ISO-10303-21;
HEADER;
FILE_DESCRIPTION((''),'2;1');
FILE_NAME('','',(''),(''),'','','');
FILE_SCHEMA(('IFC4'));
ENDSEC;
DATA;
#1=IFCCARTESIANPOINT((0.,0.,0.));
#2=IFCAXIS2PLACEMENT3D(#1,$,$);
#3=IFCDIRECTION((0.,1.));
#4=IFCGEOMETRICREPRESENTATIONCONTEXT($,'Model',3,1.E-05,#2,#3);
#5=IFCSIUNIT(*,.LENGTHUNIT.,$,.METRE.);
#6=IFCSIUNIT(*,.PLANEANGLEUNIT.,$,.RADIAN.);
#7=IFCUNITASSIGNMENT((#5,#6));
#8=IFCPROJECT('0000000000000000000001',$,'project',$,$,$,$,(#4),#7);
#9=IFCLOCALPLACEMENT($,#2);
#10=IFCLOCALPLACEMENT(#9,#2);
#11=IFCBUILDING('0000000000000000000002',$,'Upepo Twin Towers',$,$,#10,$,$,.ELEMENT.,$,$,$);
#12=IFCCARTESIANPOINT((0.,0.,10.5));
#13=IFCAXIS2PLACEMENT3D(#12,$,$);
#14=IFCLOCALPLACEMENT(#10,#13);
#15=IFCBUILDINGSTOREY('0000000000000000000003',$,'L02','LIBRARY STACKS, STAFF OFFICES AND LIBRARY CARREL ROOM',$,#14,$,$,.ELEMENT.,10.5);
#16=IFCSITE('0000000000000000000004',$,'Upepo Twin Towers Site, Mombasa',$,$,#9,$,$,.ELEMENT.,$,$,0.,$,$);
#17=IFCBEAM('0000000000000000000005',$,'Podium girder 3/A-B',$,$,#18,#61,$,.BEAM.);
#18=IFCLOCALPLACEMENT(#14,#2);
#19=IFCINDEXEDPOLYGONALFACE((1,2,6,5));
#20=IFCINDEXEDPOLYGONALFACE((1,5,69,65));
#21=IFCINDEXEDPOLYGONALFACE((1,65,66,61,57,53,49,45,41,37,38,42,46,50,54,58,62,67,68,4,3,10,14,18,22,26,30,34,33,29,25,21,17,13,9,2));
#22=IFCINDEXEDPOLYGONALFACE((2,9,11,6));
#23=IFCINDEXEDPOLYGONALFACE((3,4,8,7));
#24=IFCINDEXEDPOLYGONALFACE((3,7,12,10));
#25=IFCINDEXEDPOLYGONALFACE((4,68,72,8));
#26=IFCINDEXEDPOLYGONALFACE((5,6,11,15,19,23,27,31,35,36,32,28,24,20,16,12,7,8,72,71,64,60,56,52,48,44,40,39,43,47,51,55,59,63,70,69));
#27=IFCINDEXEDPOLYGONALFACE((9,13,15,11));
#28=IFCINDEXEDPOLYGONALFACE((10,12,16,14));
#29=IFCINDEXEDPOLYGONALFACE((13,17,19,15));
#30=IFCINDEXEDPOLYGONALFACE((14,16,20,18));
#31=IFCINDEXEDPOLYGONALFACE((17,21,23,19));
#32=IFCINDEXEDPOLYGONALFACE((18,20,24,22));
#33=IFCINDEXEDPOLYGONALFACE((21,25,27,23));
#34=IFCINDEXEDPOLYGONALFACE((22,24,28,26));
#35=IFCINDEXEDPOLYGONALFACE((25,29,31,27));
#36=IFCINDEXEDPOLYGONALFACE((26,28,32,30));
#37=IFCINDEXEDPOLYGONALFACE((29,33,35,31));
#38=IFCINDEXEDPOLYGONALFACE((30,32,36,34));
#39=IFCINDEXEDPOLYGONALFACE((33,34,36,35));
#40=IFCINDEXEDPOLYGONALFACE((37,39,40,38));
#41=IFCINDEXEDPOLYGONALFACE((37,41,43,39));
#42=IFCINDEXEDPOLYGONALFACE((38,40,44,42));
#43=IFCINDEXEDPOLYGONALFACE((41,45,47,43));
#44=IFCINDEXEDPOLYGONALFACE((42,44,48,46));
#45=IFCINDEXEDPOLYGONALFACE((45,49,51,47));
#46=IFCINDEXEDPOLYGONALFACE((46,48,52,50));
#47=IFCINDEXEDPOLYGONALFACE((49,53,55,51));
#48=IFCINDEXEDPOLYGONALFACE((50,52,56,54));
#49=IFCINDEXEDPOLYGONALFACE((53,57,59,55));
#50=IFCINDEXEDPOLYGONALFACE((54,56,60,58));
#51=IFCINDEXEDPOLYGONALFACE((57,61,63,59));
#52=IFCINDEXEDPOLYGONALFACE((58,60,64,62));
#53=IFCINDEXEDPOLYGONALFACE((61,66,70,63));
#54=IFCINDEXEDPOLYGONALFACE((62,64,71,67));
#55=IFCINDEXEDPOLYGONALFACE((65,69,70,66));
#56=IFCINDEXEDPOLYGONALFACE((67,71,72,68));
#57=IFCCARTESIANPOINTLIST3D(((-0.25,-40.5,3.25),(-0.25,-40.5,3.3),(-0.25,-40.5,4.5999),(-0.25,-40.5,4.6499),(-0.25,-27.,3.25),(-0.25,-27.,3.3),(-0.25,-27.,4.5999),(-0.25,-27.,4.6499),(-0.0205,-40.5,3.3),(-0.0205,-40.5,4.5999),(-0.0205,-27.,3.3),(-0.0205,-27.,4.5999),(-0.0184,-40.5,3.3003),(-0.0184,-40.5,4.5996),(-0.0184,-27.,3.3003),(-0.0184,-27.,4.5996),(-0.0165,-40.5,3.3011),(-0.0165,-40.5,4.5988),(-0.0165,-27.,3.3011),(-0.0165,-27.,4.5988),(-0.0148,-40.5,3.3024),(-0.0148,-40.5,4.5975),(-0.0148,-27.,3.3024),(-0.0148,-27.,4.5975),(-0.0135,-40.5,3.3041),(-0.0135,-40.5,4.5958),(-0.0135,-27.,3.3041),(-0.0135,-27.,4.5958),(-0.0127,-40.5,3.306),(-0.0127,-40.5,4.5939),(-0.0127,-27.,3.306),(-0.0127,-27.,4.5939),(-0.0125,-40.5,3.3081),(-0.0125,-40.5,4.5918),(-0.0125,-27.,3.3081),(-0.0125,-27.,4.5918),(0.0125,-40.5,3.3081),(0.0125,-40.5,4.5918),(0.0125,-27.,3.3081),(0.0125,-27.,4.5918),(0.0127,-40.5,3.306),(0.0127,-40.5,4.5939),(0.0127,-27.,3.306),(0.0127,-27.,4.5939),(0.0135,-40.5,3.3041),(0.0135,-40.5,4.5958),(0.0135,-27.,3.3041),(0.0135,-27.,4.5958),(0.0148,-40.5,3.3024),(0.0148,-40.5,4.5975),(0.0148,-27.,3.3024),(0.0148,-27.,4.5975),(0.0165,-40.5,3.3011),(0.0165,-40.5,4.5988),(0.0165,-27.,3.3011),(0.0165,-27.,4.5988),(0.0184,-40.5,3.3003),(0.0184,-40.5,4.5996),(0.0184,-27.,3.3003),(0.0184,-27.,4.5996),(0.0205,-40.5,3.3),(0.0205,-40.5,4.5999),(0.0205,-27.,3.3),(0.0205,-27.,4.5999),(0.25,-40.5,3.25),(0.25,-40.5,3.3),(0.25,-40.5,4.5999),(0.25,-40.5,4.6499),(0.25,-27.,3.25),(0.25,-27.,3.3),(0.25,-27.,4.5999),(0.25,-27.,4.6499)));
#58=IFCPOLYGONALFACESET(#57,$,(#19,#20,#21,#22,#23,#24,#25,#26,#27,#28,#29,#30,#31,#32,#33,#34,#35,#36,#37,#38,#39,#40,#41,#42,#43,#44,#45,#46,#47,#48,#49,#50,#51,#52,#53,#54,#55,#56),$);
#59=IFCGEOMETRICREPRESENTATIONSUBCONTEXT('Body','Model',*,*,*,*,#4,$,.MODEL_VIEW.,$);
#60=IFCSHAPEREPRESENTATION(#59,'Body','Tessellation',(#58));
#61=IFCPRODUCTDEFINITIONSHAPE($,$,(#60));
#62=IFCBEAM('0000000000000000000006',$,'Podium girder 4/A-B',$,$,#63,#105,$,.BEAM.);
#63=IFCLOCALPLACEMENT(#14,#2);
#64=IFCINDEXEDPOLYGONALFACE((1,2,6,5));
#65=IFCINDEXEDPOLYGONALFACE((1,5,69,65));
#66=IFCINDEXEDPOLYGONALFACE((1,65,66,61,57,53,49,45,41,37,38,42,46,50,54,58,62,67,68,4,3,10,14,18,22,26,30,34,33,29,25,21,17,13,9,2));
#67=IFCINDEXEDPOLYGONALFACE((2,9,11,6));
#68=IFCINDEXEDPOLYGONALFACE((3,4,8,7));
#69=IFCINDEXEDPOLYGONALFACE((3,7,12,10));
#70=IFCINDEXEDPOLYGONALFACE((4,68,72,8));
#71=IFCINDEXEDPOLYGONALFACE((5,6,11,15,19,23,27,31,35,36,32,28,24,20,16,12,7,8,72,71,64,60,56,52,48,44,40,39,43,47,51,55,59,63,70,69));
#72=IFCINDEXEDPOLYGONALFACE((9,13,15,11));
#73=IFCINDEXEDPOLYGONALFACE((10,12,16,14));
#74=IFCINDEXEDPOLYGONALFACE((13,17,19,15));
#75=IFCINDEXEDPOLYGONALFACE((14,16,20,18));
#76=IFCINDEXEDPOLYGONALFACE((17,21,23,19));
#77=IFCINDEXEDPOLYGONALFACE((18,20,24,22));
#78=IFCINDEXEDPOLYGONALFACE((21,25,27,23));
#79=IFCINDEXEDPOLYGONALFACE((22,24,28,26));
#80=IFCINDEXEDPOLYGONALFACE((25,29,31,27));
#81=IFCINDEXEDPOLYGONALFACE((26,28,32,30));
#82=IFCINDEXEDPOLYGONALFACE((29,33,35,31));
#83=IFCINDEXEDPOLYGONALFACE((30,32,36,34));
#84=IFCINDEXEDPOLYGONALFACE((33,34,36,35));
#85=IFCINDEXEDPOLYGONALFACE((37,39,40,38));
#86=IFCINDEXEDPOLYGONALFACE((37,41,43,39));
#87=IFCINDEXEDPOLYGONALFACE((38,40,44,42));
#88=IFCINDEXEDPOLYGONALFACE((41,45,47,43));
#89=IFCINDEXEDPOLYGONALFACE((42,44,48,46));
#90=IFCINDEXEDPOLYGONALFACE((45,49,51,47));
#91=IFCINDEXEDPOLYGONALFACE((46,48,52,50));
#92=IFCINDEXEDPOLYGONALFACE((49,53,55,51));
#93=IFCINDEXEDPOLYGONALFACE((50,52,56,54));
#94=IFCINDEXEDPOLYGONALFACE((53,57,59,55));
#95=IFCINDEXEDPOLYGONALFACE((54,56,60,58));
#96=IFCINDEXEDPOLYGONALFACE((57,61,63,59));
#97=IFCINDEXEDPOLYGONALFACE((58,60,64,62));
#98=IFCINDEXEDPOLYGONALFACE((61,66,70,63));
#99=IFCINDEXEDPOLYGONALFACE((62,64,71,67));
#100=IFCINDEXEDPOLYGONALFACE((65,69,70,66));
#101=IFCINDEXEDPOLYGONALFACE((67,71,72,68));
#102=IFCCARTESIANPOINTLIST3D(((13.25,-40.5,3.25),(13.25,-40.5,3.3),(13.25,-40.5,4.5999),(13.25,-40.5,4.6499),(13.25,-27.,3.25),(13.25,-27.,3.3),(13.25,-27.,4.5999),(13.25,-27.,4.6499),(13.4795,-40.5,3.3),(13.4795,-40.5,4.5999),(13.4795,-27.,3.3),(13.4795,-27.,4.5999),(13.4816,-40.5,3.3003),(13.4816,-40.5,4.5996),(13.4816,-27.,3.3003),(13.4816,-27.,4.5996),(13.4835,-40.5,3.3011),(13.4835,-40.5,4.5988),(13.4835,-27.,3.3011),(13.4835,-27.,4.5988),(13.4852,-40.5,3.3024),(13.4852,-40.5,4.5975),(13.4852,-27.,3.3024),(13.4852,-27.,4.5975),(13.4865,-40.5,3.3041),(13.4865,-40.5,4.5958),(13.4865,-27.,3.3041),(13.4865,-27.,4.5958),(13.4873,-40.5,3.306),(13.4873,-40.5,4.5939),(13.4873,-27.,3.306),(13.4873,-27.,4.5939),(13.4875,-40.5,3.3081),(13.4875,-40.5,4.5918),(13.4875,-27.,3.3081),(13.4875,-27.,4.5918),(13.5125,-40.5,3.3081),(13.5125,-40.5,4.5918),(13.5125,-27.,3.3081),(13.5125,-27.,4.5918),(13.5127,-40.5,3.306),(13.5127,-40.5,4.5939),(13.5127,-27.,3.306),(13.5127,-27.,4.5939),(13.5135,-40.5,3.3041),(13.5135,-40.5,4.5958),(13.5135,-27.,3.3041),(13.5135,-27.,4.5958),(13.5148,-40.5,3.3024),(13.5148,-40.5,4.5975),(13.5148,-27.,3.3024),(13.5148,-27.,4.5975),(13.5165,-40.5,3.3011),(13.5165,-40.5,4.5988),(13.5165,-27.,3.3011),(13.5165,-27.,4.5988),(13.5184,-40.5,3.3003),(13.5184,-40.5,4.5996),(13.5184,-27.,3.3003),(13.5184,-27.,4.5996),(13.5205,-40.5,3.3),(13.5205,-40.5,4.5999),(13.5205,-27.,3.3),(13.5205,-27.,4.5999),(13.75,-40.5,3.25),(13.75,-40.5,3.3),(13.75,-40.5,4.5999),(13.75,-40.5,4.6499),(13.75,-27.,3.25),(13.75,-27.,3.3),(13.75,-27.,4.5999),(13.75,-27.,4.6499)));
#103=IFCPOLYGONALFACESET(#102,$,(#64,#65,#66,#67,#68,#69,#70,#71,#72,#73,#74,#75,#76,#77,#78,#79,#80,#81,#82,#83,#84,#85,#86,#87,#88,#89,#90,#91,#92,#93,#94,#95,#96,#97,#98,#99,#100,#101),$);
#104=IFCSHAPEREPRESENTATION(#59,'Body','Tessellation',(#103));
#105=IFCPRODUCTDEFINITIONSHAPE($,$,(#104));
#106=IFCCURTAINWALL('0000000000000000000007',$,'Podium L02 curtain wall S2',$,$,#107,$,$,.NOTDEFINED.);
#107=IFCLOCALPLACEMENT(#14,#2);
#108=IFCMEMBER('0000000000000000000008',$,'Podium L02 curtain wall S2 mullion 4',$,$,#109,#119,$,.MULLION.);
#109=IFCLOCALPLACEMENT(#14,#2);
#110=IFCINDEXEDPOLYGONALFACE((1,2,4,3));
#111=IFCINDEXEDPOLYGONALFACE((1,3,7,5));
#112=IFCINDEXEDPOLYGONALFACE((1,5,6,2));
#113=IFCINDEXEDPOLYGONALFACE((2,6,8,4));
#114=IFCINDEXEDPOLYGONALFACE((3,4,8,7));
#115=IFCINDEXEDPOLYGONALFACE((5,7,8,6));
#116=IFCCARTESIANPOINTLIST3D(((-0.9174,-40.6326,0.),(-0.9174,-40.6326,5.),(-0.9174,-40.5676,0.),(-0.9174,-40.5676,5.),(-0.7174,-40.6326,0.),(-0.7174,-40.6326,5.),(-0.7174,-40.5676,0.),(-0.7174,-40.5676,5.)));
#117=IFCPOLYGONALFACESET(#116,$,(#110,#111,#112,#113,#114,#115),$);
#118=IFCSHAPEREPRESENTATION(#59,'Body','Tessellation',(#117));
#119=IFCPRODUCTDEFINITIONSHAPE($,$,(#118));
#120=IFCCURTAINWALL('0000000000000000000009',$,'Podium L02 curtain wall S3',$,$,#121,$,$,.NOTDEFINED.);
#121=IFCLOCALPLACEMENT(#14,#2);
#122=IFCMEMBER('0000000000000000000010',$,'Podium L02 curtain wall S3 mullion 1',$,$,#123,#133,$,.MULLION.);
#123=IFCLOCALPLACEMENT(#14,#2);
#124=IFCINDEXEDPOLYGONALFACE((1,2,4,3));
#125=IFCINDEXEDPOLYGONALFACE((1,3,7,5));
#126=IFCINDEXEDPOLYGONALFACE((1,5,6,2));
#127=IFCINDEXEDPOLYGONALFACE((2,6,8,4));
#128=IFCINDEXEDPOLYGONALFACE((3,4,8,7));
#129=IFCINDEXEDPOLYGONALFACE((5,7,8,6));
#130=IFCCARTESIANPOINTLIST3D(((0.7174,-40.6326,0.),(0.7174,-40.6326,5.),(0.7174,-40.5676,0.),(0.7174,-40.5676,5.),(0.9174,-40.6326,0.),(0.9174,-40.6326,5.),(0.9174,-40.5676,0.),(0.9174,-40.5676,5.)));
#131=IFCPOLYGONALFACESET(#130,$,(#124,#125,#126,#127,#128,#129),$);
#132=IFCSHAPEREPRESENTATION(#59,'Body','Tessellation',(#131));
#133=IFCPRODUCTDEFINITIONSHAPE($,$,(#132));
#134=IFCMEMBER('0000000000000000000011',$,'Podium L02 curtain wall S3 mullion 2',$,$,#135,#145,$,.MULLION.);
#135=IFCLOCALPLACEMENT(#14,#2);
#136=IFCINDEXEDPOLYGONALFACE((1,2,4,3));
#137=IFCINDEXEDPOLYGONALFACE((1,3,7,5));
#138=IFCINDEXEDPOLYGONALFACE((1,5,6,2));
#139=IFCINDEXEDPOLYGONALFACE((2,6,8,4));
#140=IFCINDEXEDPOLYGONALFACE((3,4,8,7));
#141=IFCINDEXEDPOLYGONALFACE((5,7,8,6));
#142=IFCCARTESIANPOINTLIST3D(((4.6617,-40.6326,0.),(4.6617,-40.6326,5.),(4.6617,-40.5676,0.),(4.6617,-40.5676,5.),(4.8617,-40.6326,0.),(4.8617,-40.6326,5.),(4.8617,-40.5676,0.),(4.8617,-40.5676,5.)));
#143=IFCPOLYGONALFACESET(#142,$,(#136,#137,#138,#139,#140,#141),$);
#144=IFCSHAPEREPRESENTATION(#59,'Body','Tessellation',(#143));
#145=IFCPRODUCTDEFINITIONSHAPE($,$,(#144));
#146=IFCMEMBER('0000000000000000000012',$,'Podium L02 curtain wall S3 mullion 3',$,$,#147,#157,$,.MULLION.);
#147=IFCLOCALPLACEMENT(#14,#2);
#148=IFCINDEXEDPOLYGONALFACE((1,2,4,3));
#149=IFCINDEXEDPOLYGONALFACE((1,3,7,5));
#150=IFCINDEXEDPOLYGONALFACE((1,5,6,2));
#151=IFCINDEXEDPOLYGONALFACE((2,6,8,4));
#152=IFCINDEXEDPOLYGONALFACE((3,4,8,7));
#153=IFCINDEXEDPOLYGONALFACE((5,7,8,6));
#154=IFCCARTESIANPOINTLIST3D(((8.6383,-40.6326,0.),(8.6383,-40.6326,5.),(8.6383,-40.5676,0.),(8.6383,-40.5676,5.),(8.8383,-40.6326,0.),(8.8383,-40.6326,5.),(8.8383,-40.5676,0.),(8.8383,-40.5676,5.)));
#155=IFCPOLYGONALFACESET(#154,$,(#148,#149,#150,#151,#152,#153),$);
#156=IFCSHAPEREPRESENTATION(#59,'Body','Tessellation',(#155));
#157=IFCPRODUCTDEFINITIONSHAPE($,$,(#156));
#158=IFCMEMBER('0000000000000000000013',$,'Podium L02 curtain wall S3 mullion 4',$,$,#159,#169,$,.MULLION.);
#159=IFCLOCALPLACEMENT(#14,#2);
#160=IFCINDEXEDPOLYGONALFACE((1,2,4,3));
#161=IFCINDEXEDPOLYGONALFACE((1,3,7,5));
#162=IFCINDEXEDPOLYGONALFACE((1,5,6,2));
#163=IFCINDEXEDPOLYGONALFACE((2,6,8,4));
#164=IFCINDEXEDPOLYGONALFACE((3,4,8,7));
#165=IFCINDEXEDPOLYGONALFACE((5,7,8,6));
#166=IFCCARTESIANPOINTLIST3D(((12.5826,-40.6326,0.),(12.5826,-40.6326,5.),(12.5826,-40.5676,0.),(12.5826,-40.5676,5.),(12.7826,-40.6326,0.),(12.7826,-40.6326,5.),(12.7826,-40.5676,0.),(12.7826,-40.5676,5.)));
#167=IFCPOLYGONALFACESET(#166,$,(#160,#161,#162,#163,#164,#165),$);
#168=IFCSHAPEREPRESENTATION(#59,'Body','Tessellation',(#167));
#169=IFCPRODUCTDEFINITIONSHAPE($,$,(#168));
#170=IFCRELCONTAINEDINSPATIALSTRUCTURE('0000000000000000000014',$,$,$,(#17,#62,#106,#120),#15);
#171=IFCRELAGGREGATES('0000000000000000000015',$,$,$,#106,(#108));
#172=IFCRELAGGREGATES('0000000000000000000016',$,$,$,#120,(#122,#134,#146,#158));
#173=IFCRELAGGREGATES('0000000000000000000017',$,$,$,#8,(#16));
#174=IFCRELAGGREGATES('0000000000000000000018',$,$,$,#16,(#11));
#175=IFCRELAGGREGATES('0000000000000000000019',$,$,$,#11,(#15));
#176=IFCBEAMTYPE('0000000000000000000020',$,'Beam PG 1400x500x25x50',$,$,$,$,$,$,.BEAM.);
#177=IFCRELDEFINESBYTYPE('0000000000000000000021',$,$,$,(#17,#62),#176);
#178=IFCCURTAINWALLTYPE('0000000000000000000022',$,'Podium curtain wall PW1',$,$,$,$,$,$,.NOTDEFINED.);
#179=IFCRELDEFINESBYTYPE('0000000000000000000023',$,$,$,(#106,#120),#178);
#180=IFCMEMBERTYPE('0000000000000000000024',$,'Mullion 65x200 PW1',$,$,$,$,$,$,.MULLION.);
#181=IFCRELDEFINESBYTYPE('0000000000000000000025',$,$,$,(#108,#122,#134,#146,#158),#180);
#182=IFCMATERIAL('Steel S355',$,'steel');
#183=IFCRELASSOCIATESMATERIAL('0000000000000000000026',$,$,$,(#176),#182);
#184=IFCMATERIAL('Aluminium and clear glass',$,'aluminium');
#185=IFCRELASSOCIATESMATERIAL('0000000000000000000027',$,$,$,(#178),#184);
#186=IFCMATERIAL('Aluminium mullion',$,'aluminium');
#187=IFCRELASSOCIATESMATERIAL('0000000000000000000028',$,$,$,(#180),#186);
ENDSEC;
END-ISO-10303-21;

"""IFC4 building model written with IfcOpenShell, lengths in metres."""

from ifc_helpers import new_model, si_unit, direction, frame, origin, origin_2d, place, context, subcontext, project, spatial, rectangle, i_section, extrude, material, material_profile, profile_set, type_object, element, aggregate, save


model = new_model("IFC4")

# Units and contexts
model_context = context("Model", 3, precision=1e-05, world=origin(), true_north=direction((0.0, 1.0)))
body_context = subcontext(model_context, "Body", "Model", "MODEL_VIEW")
ifc_project = project(units=[si_unit("LENGTHUNIT", "METRE"), si_unit("PLANEANGLEUNIT", "RADIAN")], contexts=[model_context])

# Site, building, storey
site_placement = place(None, origin())
site = spatial("IfcSite", under=ifc_project, at=site_placement, Name="Upepo Twin Towers Site, Mombasa", CompositionType="ELEMENT", RefElevation=0.0)
building_placement = place(site_placement, origin())
building = spatial("IfcBuilding", under=site, at=building_placement, Name="Upepo Twin Towers", CompositionType="ELEMENT")
storey_placement = place(building_placement, frame((0.0, 0.0, 10.5)))
storey = spatial("IfcBuildingStorey", under=building, at=storey_placement, Name="L02", Description="LIBRARY STACKS, STAFF OFFICES AND LIBRARY CARREL ROOM", CompositionType="ELEMENT", Elevation=10.5)

# Beams
ifc_material_1 = material(Name="Steel S355", Category="steel")
ifc_material_profile_1 = material_profile(ifc_material_1, i_section(OverallWidth=0.5, OverallDepth=1.3999, WebThickness=0.0249, FlangeThickness=0.05, FilletRadius=0.0081, at=origin_2d()), Name="PG 1400x500x25x50")
ifc_profile_set_1 = profile_set([ifc_material_profile_1], Name="Steel S355")
beam_type_1 = type_object("IfcBeamType", Name="Beam PG 1400x500x25x50", PredefinedType="BEAM", material=ifc_profile_set_1)
for number, where, z_axis, x_axis, name in (
    (1, (0.0, -40.5, 3.95), (0.0, 1.0, 0.0), (-1.0, 0.0, 0.0), "Podium girder 3/A-B"),
    (2, (13.5, -40.5, 3.95), (0.0, 1.0, 0.0), (-1.0, 0.0, 0.0), "Podium girder 4/A-B"),
):
    element("IfcBeam", number, at=place(storey_placement, frame(where, z_axis=z_axis, x_axis=x_axis)), inside=storey, type_object=beam_type_1, Name=name, PredefinedType="BEAM", context=body_context, shape_type="SweptSolid", body=[
        extrude(i_section(OverallWidth=0.5, OverallDepth=1.3999, WebThickness=0.0249, FlangeThickness=0.05, FilletRadius=0.0081, at=origin_2d()), origin(), (0.0, 0.0, 1.0), 13.5),
    ])

# Curtain wall, member
ifc_material_2 = material(Name="Aluminium and clear glass", Category="aluminium")
curtain_wall_type = type_object("IfcCurtainWallType", Name="Podium curtain wall PW1", PredefinedType="NOTDEFINED", material=ifc_material_2)
curtain_wall_1_placement = place(storey_placement, origin())
curtain_wall_1 = element("IfcCurtainWall", 3, at=curtain_wall_1_placement, inside=storey, type_object=curtain_wall_type, Name="Podium L02 curtain wall S2", PredefinedType="NOTDEFINED")
ifc_material_3 = material(Name="Aluminium mullion", Category="aluminium")
ifc_material_profile_2 = material_profile(ifc_material_3, rectangle(XDim=0.0649, YDim=0.2, at=origin_2d()), Name="MULLION 65x200 PODIUM")
ifc_profile_set_2 = profile_set([ifc_material_profile_2], Name="Aluminium mullion")
member_type_1 = type_object("IfcMemberType", Name="Mullion 65x200 PW1", PredefinedType="MULLION", material=ifc_profile_set_2)
member_1_placement = place(storey_placement, frame((-0.8174, -40.6001, 0.0), z_axis=(0.0, 0.0, 1.0), x_axis=(0.0, 1.0, 0.0)))
member_1 = element("IfcMember", 4, at=member_1_placement, type_object=member_type_1, Name="Podium L02 curtain wall S2 mullion 4", PredefinedType="MULLION", context=body_context, shape_type="SweptSolid", body=[
    extrude(rectangle(XDim=0.0649, YDim=0.2, at=origin_2d()), origin(), (0.0, 0.0, 1.0), 5.0),
])

# Curtain wall, members
curtain_wall_2_placement = place(storey_placement, origin())
curtain_wall_2 = element("IfcCurtainWall", 5, at=curtain_wall_2_placement, inside=storey, type_object=curtain_wall_type, Name="Podium L02 curtain wall S3", PredefinedType="NOTDEFINED")
member_2_placement = place(storey_placement, frame((0.8174, -40.6001, 0.0), z_axis=(0.0, 0.0, 1.0), x_axis=(0.0, 1.0, 0.0)))
member_2 = element("IfcMember", 6, at=member_2_placement, type_object=member_type_1, Name="Podium L02 curtain wall S3 mullion 1", PredefinedType="MULLION", context=body_context, shape_type="SweptSolid", body=[
    extrude(rectangle(XDim=0.0649, YDim=0.2, at=origin_2d()), origin(), (0.0, 0.0, 1.0), 5.0),
])
member_3_placement = place(storey_placement, frame((4.7617, -40.6001, 0.0), z_axis=(0.0, 0.0, 1.0), x_axis=(0.0, 1.0, 0.0)))
member_3 = element("IfcMember", 7, at=member_3_placement, type_object=member_type_1, Name="Podium L02 curtain wall S3 mullion 2", PredefinedType="MULLION", context=body_context, shape_type="SweptSolid", body=[
    extrude(rectangle(XDim=0.0649, YDim=0.2, at=origin_2d()), origin(), (0.0, 0.0, 1.0), 5.0),
])
member_4_placement = place(storey_placement, frame((8.7383, -40.6001, 0.0), z_axis=(0.0, 0.0, 1.0), x_axis=(0.0, 1.0, 0.0)))
member_4 = element("IfcMember", 8, at=member_4_placement, type_object=member_type_1, Name="Podium L02 curtain wall S3 mullion 3", PredefinedType="MULLION", context=body_context, shape_type="SweptSolid", body=[
    extrude(rectangle(XDim=0.0649, YDim=0.2, at=origin_2d()), origin(), (0.0, 0.0, 1.0), 5.0),
])
member_5_placement = place(storey_placement, frame((12.6826, -40.6001, 0.0), z_axis=(0.0, 0.0, 1.0), x_axis=(0.0, 1.0, 0.0)))
member_5 = element("IfcMember", 9, at=member_5_placement, type_object=member_type_1, Name="Podium L02 curtain wall S3 mullion 4", PredefinedType="MULLION", context=body_context, shape_type="SweptSolid", body=[
    extrude(rectangle(XDim=0.0649, YDim=0.2, at=origin_2d()), origin(), (0.0, 0.0, 1.0), 5.0),
])

aggregate(curtain_wall_1, [member_1])
aggregate(curtain_wall_2, [member_2, member_3, member_4, member_5])

save(model, "model.ifc")
